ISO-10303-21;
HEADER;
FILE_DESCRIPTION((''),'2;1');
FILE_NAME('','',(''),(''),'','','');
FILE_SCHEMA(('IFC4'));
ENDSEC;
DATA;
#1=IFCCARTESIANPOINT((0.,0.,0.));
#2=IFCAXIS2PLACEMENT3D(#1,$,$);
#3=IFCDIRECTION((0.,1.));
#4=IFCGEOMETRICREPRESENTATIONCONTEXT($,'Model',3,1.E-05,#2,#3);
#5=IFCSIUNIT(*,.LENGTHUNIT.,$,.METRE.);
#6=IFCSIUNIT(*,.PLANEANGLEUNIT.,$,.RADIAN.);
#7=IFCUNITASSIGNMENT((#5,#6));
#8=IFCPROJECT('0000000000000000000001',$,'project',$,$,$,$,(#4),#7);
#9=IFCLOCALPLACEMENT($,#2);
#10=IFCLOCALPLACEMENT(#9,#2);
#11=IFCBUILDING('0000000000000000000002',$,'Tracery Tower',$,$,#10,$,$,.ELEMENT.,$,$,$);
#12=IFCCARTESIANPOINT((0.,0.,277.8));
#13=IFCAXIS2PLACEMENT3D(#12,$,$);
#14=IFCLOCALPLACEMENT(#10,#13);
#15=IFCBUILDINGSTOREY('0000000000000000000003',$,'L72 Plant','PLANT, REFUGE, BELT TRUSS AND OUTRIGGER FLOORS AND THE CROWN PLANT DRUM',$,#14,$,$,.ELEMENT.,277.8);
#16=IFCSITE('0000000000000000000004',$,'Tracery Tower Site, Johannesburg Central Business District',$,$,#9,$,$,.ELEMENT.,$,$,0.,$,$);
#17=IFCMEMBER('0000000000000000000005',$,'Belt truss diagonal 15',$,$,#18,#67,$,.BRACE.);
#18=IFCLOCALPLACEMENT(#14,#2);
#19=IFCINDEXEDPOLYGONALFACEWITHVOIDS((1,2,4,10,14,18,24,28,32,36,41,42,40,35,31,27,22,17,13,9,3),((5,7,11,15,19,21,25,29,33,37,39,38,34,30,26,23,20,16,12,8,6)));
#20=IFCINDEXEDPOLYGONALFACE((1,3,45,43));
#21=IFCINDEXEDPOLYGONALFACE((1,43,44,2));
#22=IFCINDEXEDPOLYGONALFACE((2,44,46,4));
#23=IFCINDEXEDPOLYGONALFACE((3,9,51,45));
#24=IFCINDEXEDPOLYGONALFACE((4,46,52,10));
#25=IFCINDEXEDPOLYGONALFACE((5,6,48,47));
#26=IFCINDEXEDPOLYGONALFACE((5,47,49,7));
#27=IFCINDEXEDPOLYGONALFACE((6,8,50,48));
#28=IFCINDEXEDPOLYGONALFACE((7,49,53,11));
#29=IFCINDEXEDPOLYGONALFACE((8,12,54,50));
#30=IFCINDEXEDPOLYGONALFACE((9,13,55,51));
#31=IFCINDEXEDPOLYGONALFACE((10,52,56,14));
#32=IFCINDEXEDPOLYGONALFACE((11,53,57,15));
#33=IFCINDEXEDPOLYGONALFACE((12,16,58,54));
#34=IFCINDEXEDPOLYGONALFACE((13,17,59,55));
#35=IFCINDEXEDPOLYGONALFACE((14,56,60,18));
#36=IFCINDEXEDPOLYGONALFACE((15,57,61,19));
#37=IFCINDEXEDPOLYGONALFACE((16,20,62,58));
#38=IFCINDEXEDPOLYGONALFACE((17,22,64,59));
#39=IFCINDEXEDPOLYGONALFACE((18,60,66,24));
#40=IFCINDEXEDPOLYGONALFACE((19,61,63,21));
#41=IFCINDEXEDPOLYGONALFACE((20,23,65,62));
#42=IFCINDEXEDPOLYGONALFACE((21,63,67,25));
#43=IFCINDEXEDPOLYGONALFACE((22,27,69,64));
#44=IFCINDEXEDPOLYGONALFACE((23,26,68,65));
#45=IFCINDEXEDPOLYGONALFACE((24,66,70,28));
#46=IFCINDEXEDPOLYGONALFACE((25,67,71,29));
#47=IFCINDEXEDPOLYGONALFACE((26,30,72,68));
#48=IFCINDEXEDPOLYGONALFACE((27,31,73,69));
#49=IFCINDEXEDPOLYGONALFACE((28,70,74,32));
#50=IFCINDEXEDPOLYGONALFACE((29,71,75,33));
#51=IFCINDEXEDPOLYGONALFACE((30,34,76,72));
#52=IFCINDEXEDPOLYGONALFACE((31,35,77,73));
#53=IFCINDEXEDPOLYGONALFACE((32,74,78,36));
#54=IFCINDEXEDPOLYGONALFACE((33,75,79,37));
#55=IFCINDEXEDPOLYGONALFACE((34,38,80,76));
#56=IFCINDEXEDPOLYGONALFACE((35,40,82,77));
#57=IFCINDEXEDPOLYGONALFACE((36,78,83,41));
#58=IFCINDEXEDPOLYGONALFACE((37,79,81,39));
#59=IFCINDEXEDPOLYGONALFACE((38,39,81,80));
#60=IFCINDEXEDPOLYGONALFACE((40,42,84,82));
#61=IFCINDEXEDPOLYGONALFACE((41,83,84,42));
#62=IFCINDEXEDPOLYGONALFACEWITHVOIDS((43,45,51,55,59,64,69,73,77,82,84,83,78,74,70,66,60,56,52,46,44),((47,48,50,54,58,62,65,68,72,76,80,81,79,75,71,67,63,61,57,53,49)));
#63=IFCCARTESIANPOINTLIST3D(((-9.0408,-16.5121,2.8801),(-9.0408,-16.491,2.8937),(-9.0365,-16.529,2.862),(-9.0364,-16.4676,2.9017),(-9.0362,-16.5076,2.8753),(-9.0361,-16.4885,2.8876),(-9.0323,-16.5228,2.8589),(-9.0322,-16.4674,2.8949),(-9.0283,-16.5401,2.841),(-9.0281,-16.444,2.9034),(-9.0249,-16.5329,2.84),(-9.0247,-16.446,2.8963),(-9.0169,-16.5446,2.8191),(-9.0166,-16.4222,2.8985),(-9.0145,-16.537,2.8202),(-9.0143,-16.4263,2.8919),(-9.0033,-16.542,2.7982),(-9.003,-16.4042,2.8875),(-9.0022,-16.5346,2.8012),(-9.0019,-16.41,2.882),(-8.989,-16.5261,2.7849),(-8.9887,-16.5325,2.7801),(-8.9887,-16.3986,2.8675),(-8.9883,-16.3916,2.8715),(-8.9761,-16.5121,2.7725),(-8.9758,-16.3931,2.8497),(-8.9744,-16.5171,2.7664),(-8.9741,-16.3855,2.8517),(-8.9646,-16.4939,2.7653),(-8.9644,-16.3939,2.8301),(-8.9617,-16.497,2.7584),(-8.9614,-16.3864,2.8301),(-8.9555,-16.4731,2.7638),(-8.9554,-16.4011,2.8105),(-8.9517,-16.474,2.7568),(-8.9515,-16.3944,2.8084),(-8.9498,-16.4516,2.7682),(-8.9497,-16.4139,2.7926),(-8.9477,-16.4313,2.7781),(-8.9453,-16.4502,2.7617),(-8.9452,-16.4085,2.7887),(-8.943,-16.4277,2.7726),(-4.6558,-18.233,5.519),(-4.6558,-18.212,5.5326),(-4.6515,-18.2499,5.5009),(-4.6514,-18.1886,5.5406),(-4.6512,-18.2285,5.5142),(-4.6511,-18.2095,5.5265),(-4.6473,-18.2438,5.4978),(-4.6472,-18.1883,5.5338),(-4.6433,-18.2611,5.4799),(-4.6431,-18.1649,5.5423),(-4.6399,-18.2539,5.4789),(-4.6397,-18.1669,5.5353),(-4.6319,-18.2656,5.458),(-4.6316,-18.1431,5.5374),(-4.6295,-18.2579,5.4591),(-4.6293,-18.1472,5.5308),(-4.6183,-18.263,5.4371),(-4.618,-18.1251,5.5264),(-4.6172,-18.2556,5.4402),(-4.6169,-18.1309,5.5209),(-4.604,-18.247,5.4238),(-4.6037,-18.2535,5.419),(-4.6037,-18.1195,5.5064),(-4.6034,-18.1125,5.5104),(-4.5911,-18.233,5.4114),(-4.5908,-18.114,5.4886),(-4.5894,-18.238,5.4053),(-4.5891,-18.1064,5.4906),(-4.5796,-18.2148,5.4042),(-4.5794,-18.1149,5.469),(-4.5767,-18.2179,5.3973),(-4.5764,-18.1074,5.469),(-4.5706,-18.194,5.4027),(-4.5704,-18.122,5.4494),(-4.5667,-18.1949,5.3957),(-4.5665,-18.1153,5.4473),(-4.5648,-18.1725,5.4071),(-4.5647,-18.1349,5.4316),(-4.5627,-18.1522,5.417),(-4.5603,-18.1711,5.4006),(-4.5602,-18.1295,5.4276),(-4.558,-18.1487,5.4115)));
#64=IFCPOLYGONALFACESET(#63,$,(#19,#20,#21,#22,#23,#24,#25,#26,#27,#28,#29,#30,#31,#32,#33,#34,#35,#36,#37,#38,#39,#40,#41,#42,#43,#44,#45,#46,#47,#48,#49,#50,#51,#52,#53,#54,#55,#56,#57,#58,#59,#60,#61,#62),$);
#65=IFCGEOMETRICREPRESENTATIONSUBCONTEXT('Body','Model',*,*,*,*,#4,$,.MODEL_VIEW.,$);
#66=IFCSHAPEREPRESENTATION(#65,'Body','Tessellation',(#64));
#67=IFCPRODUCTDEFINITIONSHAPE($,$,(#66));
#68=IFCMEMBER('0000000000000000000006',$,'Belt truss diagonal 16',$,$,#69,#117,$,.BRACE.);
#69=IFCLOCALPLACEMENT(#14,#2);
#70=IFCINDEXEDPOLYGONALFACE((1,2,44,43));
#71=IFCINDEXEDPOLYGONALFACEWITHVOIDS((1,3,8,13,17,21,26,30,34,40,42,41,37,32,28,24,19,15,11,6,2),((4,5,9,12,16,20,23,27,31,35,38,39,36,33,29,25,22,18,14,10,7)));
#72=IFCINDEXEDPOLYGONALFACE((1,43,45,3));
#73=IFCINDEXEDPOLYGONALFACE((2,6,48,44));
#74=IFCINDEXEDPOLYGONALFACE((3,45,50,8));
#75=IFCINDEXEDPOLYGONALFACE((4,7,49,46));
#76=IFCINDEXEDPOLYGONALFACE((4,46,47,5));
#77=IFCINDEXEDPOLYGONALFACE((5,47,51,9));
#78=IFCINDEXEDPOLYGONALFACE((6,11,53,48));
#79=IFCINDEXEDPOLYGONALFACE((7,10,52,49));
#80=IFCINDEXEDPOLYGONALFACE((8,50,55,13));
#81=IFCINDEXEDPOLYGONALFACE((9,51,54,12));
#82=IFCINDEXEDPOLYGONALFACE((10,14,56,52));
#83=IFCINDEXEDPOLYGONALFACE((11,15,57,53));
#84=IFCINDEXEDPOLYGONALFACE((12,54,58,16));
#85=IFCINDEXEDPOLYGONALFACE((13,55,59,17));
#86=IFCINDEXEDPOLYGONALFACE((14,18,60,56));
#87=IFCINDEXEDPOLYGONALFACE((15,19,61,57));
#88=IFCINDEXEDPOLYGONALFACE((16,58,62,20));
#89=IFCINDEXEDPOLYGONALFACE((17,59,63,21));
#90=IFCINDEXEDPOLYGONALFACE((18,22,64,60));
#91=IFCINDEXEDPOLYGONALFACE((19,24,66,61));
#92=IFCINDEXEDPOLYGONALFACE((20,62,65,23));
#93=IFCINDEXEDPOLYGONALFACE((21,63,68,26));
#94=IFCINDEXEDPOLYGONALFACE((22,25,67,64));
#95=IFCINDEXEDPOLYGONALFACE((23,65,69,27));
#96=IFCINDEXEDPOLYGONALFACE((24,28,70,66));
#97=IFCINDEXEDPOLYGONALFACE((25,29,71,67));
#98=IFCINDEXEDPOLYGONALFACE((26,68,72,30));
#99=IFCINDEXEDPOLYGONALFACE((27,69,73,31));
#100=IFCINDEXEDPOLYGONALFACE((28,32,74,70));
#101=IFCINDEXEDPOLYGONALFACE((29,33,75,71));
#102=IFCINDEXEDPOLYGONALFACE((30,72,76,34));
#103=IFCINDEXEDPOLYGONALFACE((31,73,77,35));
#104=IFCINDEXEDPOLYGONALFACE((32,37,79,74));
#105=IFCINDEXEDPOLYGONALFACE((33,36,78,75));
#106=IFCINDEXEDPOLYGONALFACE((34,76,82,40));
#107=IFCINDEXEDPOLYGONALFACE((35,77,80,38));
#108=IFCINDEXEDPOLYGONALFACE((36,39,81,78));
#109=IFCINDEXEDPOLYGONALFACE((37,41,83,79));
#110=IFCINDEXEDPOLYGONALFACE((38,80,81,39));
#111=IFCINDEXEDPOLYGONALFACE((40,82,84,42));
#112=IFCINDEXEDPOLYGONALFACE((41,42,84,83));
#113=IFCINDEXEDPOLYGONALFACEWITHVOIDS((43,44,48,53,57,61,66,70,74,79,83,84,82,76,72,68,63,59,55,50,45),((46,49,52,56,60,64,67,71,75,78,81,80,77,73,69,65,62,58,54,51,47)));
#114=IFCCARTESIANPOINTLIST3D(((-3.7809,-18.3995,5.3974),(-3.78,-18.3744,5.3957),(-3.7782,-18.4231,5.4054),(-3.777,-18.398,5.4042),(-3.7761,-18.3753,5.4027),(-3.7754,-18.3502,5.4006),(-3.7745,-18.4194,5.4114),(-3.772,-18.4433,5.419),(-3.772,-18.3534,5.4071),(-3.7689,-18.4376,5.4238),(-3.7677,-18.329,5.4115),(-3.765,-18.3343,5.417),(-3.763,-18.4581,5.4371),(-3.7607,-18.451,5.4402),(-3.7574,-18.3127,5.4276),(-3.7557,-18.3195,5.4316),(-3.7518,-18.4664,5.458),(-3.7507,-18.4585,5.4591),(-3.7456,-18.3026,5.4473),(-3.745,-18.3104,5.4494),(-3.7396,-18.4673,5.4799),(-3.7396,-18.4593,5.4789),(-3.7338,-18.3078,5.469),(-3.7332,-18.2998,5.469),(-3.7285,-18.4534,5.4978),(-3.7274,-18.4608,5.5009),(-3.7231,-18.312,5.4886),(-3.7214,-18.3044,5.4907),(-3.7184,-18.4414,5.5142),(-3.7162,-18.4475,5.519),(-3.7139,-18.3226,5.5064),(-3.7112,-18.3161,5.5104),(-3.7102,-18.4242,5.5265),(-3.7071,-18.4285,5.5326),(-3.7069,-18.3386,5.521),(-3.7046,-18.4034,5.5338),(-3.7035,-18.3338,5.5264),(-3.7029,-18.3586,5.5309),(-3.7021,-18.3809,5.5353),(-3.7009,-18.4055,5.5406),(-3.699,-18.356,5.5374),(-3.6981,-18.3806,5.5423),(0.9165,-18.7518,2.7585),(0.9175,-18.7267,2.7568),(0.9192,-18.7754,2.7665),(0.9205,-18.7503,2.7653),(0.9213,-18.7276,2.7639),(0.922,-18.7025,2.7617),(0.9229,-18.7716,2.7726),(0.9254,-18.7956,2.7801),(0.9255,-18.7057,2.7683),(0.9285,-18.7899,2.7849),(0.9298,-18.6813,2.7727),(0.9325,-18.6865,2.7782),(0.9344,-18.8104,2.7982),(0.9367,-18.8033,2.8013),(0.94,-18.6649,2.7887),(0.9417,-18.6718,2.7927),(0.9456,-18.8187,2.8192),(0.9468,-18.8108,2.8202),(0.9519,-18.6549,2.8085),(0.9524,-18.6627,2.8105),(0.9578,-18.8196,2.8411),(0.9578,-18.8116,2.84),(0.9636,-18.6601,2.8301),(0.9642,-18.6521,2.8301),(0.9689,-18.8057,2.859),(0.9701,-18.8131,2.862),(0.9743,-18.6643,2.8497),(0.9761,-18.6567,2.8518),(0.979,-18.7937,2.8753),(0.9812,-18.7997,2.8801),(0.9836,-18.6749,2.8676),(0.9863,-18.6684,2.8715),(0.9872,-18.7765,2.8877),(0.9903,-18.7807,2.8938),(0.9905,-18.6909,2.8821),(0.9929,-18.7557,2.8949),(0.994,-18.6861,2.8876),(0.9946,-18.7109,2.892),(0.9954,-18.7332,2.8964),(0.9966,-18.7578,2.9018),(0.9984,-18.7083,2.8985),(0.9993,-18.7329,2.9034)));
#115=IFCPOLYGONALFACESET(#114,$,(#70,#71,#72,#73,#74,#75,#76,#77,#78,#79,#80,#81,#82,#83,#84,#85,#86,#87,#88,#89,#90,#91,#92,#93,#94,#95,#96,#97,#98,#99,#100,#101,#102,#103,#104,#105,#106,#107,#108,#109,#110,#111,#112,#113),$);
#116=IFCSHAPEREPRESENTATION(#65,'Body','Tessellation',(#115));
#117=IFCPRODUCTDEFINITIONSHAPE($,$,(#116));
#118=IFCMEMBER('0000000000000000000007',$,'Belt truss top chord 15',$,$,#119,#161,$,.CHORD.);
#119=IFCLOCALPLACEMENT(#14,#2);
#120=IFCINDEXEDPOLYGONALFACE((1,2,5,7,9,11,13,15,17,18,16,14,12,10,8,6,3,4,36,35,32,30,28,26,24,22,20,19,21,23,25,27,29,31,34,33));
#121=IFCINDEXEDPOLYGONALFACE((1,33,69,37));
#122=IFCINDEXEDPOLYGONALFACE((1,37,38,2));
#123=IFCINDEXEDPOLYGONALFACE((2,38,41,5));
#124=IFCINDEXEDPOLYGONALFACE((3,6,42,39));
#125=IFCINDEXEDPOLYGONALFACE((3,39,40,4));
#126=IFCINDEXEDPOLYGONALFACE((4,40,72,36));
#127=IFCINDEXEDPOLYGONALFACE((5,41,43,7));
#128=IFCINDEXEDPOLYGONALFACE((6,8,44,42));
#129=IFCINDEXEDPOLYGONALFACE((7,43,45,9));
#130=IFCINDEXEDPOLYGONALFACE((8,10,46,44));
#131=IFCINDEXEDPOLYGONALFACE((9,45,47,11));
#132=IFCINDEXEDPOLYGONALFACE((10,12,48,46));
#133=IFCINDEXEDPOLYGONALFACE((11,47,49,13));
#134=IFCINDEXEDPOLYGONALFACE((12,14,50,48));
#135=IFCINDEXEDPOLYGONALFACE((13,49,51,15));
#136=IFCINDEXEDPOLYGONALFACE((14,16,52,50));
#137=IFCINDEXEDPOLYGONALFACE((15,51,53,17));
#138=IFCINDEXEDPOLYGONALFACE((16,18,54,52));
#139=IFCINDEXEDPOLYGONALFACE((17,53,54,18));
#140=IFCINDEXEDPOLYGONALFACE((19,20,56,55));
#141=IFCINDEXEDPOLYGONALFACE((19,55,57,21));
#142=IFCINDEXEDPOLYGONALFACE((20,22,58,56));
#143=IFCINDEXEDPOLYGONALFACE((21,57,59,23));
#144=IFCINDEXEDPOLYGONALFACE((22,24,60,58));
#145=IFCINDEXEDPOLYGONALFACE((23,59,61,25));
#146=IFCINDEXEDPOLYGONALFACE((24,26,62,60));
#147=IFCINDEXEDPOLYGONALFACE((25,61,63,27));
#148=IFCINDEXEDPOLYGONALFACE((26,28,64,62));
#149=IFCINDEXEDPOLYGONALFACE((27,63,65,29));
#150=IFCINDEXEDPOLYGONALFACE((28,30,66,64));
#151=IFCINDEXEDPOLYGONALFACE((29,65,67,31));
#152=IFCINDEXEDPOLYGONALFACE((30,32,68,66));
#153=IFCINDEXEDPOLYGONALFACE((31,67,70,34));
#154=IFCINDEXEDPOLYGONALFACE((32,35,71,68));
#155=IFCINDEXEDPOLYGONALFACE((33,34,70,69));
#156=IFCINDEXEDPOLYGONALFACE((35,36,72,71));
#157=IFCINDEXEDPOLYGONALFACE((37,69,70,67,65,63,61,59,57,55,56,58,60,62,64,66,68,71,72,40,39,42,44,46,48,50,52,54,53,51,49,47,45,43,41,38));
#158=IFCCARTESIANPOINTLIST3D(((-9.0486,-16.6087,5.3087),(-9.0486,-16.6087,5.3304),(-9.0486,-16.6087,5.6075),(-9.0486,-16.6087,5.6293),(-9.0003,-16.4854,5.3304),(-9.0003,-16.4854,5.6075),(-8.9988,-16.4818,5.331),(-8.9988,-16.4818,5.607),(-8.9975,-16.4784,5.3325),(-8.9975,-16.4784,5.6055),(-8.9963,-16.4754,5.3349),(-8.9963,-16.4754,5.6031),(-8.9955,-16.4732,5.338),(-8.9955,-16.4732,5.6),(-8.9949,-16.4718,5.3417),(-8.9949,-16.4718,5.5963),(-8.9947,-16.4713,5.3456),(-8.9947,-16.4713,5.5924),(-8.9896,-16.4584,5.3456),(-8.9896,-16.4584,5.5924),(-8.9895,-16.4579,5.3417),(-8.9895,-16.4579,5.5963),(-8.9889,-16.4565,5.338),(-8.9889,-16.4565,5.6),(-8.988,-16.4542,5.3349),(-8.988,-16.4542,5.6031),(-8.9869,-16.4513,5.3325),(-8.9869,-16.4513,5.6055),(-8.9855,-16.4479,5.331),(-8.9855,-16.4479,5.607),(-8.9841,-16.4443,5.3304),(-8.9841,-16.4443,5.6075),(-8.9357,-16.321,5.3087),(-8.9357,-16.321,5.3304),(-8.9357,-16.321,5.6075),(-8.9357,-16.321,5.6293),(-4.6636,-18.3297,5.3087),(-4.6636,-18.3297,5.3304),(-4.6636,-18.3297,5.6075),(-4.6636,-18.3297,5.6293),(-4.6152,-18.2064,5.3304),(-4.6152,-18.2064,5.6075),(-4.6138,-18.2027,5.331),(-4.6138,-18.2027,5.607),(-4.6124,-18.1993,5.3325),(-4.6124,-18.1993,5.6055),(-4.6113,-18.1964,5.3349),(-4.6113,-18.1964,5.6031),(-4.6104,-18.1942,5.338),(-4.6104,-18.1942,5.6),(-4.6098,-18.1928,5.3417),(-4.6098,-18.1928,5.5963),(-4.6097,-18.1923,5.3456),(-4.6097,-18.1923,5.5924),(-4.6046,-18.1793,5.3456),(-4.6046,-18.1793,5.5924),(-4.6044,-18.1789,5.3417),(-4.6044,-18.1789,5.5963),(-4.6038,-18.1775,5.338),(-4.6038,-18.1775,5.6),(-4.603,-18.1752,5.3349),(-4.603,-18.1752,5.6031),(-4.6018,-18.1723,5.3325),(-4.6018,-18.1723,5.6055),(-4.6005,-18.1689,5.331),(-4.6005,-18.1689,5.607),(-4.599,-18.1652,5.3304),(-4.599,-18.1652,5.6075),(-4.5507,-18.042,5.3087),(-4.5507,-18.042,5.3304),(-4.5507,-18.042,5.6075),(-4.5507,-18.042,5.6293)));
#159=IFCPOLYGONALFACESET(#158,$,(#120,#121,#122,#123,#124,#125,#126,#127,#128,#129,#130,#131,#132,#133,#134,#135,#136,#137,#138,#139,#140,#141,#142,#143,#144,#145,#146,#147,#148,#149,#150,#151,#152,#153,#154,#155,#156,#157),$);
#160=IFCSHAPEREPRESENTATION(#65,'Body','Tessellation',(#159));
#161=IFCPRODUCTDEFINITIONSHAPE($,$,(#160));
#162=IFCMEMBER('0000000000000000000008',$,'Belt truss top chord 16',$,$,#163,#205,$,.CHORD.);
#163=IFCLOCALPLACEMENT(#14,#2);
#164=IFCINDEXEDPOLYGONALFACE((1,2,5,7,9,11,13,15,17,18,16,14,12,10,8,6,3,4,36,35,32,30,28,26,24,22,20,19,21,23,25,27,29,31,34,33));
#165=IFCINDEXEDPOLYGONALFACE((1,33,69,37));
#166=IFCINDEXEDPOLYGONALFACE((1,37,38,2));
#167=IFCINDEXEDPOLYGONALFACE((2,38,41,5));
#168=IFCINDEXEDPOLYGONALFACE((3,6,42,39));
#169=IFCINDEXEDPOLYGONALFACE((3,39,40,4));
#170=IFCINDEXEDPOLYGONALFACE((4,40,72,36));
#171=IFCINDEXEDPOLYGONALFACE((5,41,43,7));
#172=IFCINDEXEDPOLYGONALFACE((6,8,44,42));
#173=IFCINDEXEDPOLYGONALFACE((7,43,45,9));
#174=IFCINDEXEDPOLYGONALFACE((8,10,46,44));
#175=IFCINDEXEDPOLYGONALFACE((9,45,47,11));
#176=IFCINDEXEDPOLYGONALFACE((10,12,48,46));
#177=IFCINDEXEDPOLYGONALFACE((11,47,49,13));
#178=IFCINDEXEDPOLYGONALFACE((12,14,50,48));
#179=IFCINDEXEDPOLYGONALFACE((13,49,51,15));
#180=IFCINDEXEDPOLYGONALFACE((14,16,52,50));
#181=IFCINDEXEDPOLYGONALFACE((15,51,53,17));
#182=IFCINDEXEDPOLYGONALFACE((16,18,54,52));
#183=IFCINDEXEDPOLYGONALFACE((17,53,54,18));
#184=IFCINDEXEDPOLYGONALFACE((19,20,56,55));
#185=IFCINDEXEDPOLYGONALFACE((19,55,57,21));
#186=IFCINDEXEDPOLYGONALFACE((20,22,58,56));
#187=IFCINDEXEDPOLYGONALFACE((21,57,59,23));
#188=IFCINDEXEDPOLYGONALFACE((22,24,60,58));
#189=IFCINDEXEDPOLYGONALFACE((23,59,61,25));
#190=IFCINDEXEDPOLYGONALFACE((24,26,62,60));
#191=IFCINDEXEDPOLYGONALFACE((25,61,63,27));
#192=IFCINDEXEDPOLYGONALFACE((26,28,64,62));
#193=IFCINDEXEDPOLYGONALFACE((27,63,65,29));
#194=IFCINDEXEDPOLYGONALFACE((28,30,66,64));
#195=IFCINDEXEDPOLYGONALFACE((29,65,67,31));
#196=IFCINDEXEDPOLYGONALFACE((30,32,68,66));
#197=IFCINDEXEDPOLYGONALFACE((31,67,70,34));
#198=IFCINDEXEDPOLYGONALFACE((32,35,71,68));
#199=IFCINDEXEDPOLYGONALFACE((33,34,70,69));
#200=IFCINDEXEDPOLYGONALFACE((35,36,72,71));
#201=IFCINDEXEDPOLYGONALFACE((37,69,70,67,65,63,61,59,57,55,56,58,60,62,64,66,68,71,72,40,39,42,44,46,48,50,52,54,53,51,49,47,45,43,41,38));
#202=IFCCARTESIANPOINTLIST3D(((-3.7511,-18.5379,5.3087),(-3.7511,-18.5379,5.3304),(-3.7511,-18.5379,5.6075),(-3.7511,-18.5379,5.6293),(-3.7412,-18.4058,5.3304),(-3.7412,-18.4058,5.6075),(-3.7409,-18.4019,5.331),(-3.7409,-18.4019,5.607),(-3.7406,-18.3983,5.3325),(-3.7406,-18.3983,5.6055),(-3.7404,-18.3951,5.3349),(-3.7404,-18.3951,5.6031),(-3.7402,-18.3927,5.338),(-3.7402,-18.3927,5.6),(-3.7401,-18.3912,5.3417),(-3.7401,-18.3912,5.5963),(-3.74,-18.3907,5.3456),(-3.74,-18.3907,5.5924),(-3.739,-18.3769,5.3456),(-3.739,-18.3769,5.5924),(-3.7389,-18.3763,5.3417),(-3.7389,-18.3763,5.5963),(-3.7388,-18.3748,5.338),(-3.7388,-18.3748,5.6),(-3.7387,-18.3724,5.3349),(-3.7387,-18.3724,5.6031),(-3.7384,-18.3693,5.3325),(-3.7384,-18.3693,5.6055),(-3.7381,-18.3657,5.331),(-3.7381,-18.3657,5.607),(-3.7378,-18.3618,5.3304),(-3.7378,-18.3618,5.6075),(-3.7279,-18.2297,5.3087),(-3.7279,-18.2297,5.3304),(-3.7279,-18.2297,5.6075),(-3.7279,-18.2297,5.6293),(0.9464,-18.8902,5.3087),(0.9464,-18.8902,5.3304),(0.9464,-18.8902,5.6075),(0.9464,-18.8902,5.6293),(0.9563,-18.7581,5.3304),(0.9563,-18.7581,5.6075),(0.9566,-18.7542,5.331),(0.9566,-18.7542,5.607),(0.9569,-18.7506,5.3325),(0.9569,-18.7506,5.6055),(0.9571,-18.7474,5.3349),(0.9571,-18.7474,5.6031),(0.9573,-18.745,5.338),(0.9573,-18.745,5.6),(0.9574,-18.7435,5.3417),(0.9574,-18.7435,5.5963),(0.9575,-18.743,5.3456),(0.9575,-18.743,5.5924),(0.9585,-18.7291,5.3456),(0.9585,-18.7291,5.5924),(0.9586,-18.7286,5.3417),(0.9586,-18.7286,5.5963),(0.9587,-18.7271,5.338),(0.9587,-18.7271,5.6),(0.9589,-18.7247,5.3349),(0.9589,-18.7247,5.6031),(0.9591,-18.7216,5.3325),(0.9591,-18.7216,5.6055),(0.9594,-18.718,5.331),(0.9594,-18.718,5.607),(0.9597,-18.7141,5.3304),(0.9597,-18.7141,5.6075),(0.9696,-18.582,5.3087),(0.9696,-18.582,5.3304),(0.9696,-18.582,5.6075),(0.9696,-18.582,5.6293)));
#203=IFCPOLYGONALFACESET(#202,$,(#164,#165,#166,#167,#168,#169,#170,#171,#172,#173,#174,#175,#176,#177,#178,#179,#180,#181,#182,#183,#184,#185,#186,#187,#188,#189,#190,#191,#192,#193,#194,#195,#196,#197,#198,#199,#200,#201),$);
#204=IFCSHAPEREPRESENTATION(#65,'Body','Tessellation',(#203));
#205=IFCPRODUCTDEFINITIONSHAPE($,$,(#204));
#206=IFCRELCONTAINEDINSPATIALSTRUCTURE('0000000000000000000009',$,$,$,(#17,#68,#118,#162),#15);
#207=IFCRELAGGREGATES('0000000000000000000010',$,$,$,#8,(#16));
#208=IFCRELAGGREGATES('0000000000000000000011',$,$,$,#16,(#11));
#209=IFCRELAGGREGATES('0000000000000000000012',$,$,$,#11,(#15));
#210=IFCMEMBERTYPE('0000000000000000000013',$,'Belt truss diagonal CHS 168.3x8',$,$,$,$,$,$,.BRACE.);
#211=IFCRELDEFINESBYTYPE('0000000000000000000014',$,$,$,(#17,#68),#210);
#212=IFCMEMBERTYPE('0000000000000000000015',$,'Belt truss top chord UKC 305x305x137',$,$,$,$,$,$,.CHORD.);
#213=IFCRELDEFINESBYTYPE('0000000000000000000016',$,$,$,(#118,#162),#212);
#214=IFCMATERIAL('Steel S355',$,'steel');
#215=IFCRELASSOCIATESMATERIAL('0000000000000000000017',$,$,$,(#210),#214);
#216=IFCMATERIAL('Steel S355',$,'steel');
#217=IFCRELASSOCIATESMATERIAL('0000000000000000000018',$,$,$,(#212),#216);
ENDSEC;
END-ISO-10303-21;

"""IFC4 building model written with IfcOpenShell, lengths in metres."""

from ifc_helpers import new_model, si_unit, direction, frame, origin, origin_2d, place, context, subcontext, project, spatial, hollow_circle, i_section, extrude, material, material_profile, profile_set, type_object, element, save


model = new_model("IFC4")

# Units and contexts
model_context = context("Model", 3, precision=1e-05, world=origin(), true_north=direction((0.0, 1.0)))
body_context = subcontext(model_context, "Body", "Model", "MODEL_VIEW")
ifc_project = project(units=[si_unit("LENGTHUNIT", "METRE"), si_unit("PLANEANGLEUNIT", "RADIAN")], contexts=[model_context])

# Site, building, storey
site_placement = place(None, origin())
site = spatial("IfcSite", under=ifc_project, at=site_placement, Name="Tracery Tower Site, Johannesburg Central Business District", CompositionType="ELEMENT", RefElevation=0.0)
building_placement = place(site_placement, origin())
building = spatial("IfcBuilding", under=site, at=building_placement, Name="Tracery Tower", CompositionType="ELEMENT")
storey_placement = place(building_placement, frame((0.0, 0.0, 277.8)))
storey = spatial("IfcBuildingStorey", under=building, at=storey_placement, Name="L72 Plant", Description="PLANT, REFUGE, BELT TRUSS AND OUTRIGGER FLOORS AND THE CROWN PLANT DRUM", CompositionType="ELEMENT", Elevation=277.8)

# Members
ifc_material_1 = material(Name="Steel S355", Category="steel")
ifc_material_profile_1 = material_profile(ifc_material_1, hollow_circle(Radius=0.0842, WallThickness=0.0081, at=origin_2d()), Name="CHS 168.3x8")
ifc_profile_set_1 = profile_set([ifc_material_profile_1], Name="Steel S355")
member_type_1 = type_object("IfcMemberType", Name="Belt truss diagonal CHS 168.3x8", PredefinedType="BRACE", material=ifc_profile_set_1)
for number, where, z_axis, x_axis, name in (
    (1, (-8.9922, -16.4648, 2.8301), (0.812125, -0.318728, 0.48874), (0.365333, 0.930877, 0.0), "Belt truss diagonal 15"),
    (2, (-3.7395, -18.3838, 5.469), (0.86999, -0.065246, -0.488734), (0.074786, 0.9972, 0.0), "Belt truss diagonal 16"),
):
    element("IfcMember", number, at=place(storey_placement, frame(where, z_axis=z_axis, x_axis=x_axis)), inside=storey, type_object=member_type_1, Name=name, PredefinedType="BRACE", context=body_context, shape_type="SweptSolid", body=[
        extrude(hollow_circle(Radius=0.0842, WallThickness=0.0081, at=origin_2d()), origin(), (0.0, 0.0, 1.0), 5.3994),
    ])
ifc_material_2 = material(Name="Steel S355", Category="steel")
ifc_material_profile_2 = material_profile(ifc_material_2, i_section(OverallWidth=0.3091, OverallDepth=0.3206, WebThickness=0.0139, FlangeThickness=0.0217, FilletRadius=0.0151, at=origin_2d()), Name="UKC 305x305x137")
ifc_profile_set_2 = profile_set([ifc_material_profile_2], Name="Steel S355")
member_type_2 = type_object("IfcMemberType", Name="Belt truss top chord UKC 305x305x137", PredefinedType="CHORD", material=ifc_profile_set_2)
for number, where, z_axis, x_axis, name in (
    (3, (-8.9922, -16.4648, 5.469), (0.930877, -0.365333, 0.0), (0.365333, 0.930877, 0.0), "Belt truss top chord 15"),
    (4, (-3.7395, -18.3838, 5.469), (0.9972, -0.074786, 0.0), (0.074786, 0.9972, 0.0), "Belt truss top chord 16"),
):
    element("IfcMember", number, at=place(storey_placement, frame(where, z_axis=z_axis, x_axis=x_axis)), inside=storey, type_object=member_type_2, Name=name, PredefinedType="CHORD", context=body_context, shape_type="SweptSolid", body=[
        extrude(i_section(OverallWidth=0.3091, OverallDepth=0.3206, WebThickness=0.0139, FlangeThickness=0.0217, FilletRadius=0.0151, at=origin_2d()), origin(), (0.0, 0.0, 1.0), 4.7107),
    ])

save(model, "model.ifc")
